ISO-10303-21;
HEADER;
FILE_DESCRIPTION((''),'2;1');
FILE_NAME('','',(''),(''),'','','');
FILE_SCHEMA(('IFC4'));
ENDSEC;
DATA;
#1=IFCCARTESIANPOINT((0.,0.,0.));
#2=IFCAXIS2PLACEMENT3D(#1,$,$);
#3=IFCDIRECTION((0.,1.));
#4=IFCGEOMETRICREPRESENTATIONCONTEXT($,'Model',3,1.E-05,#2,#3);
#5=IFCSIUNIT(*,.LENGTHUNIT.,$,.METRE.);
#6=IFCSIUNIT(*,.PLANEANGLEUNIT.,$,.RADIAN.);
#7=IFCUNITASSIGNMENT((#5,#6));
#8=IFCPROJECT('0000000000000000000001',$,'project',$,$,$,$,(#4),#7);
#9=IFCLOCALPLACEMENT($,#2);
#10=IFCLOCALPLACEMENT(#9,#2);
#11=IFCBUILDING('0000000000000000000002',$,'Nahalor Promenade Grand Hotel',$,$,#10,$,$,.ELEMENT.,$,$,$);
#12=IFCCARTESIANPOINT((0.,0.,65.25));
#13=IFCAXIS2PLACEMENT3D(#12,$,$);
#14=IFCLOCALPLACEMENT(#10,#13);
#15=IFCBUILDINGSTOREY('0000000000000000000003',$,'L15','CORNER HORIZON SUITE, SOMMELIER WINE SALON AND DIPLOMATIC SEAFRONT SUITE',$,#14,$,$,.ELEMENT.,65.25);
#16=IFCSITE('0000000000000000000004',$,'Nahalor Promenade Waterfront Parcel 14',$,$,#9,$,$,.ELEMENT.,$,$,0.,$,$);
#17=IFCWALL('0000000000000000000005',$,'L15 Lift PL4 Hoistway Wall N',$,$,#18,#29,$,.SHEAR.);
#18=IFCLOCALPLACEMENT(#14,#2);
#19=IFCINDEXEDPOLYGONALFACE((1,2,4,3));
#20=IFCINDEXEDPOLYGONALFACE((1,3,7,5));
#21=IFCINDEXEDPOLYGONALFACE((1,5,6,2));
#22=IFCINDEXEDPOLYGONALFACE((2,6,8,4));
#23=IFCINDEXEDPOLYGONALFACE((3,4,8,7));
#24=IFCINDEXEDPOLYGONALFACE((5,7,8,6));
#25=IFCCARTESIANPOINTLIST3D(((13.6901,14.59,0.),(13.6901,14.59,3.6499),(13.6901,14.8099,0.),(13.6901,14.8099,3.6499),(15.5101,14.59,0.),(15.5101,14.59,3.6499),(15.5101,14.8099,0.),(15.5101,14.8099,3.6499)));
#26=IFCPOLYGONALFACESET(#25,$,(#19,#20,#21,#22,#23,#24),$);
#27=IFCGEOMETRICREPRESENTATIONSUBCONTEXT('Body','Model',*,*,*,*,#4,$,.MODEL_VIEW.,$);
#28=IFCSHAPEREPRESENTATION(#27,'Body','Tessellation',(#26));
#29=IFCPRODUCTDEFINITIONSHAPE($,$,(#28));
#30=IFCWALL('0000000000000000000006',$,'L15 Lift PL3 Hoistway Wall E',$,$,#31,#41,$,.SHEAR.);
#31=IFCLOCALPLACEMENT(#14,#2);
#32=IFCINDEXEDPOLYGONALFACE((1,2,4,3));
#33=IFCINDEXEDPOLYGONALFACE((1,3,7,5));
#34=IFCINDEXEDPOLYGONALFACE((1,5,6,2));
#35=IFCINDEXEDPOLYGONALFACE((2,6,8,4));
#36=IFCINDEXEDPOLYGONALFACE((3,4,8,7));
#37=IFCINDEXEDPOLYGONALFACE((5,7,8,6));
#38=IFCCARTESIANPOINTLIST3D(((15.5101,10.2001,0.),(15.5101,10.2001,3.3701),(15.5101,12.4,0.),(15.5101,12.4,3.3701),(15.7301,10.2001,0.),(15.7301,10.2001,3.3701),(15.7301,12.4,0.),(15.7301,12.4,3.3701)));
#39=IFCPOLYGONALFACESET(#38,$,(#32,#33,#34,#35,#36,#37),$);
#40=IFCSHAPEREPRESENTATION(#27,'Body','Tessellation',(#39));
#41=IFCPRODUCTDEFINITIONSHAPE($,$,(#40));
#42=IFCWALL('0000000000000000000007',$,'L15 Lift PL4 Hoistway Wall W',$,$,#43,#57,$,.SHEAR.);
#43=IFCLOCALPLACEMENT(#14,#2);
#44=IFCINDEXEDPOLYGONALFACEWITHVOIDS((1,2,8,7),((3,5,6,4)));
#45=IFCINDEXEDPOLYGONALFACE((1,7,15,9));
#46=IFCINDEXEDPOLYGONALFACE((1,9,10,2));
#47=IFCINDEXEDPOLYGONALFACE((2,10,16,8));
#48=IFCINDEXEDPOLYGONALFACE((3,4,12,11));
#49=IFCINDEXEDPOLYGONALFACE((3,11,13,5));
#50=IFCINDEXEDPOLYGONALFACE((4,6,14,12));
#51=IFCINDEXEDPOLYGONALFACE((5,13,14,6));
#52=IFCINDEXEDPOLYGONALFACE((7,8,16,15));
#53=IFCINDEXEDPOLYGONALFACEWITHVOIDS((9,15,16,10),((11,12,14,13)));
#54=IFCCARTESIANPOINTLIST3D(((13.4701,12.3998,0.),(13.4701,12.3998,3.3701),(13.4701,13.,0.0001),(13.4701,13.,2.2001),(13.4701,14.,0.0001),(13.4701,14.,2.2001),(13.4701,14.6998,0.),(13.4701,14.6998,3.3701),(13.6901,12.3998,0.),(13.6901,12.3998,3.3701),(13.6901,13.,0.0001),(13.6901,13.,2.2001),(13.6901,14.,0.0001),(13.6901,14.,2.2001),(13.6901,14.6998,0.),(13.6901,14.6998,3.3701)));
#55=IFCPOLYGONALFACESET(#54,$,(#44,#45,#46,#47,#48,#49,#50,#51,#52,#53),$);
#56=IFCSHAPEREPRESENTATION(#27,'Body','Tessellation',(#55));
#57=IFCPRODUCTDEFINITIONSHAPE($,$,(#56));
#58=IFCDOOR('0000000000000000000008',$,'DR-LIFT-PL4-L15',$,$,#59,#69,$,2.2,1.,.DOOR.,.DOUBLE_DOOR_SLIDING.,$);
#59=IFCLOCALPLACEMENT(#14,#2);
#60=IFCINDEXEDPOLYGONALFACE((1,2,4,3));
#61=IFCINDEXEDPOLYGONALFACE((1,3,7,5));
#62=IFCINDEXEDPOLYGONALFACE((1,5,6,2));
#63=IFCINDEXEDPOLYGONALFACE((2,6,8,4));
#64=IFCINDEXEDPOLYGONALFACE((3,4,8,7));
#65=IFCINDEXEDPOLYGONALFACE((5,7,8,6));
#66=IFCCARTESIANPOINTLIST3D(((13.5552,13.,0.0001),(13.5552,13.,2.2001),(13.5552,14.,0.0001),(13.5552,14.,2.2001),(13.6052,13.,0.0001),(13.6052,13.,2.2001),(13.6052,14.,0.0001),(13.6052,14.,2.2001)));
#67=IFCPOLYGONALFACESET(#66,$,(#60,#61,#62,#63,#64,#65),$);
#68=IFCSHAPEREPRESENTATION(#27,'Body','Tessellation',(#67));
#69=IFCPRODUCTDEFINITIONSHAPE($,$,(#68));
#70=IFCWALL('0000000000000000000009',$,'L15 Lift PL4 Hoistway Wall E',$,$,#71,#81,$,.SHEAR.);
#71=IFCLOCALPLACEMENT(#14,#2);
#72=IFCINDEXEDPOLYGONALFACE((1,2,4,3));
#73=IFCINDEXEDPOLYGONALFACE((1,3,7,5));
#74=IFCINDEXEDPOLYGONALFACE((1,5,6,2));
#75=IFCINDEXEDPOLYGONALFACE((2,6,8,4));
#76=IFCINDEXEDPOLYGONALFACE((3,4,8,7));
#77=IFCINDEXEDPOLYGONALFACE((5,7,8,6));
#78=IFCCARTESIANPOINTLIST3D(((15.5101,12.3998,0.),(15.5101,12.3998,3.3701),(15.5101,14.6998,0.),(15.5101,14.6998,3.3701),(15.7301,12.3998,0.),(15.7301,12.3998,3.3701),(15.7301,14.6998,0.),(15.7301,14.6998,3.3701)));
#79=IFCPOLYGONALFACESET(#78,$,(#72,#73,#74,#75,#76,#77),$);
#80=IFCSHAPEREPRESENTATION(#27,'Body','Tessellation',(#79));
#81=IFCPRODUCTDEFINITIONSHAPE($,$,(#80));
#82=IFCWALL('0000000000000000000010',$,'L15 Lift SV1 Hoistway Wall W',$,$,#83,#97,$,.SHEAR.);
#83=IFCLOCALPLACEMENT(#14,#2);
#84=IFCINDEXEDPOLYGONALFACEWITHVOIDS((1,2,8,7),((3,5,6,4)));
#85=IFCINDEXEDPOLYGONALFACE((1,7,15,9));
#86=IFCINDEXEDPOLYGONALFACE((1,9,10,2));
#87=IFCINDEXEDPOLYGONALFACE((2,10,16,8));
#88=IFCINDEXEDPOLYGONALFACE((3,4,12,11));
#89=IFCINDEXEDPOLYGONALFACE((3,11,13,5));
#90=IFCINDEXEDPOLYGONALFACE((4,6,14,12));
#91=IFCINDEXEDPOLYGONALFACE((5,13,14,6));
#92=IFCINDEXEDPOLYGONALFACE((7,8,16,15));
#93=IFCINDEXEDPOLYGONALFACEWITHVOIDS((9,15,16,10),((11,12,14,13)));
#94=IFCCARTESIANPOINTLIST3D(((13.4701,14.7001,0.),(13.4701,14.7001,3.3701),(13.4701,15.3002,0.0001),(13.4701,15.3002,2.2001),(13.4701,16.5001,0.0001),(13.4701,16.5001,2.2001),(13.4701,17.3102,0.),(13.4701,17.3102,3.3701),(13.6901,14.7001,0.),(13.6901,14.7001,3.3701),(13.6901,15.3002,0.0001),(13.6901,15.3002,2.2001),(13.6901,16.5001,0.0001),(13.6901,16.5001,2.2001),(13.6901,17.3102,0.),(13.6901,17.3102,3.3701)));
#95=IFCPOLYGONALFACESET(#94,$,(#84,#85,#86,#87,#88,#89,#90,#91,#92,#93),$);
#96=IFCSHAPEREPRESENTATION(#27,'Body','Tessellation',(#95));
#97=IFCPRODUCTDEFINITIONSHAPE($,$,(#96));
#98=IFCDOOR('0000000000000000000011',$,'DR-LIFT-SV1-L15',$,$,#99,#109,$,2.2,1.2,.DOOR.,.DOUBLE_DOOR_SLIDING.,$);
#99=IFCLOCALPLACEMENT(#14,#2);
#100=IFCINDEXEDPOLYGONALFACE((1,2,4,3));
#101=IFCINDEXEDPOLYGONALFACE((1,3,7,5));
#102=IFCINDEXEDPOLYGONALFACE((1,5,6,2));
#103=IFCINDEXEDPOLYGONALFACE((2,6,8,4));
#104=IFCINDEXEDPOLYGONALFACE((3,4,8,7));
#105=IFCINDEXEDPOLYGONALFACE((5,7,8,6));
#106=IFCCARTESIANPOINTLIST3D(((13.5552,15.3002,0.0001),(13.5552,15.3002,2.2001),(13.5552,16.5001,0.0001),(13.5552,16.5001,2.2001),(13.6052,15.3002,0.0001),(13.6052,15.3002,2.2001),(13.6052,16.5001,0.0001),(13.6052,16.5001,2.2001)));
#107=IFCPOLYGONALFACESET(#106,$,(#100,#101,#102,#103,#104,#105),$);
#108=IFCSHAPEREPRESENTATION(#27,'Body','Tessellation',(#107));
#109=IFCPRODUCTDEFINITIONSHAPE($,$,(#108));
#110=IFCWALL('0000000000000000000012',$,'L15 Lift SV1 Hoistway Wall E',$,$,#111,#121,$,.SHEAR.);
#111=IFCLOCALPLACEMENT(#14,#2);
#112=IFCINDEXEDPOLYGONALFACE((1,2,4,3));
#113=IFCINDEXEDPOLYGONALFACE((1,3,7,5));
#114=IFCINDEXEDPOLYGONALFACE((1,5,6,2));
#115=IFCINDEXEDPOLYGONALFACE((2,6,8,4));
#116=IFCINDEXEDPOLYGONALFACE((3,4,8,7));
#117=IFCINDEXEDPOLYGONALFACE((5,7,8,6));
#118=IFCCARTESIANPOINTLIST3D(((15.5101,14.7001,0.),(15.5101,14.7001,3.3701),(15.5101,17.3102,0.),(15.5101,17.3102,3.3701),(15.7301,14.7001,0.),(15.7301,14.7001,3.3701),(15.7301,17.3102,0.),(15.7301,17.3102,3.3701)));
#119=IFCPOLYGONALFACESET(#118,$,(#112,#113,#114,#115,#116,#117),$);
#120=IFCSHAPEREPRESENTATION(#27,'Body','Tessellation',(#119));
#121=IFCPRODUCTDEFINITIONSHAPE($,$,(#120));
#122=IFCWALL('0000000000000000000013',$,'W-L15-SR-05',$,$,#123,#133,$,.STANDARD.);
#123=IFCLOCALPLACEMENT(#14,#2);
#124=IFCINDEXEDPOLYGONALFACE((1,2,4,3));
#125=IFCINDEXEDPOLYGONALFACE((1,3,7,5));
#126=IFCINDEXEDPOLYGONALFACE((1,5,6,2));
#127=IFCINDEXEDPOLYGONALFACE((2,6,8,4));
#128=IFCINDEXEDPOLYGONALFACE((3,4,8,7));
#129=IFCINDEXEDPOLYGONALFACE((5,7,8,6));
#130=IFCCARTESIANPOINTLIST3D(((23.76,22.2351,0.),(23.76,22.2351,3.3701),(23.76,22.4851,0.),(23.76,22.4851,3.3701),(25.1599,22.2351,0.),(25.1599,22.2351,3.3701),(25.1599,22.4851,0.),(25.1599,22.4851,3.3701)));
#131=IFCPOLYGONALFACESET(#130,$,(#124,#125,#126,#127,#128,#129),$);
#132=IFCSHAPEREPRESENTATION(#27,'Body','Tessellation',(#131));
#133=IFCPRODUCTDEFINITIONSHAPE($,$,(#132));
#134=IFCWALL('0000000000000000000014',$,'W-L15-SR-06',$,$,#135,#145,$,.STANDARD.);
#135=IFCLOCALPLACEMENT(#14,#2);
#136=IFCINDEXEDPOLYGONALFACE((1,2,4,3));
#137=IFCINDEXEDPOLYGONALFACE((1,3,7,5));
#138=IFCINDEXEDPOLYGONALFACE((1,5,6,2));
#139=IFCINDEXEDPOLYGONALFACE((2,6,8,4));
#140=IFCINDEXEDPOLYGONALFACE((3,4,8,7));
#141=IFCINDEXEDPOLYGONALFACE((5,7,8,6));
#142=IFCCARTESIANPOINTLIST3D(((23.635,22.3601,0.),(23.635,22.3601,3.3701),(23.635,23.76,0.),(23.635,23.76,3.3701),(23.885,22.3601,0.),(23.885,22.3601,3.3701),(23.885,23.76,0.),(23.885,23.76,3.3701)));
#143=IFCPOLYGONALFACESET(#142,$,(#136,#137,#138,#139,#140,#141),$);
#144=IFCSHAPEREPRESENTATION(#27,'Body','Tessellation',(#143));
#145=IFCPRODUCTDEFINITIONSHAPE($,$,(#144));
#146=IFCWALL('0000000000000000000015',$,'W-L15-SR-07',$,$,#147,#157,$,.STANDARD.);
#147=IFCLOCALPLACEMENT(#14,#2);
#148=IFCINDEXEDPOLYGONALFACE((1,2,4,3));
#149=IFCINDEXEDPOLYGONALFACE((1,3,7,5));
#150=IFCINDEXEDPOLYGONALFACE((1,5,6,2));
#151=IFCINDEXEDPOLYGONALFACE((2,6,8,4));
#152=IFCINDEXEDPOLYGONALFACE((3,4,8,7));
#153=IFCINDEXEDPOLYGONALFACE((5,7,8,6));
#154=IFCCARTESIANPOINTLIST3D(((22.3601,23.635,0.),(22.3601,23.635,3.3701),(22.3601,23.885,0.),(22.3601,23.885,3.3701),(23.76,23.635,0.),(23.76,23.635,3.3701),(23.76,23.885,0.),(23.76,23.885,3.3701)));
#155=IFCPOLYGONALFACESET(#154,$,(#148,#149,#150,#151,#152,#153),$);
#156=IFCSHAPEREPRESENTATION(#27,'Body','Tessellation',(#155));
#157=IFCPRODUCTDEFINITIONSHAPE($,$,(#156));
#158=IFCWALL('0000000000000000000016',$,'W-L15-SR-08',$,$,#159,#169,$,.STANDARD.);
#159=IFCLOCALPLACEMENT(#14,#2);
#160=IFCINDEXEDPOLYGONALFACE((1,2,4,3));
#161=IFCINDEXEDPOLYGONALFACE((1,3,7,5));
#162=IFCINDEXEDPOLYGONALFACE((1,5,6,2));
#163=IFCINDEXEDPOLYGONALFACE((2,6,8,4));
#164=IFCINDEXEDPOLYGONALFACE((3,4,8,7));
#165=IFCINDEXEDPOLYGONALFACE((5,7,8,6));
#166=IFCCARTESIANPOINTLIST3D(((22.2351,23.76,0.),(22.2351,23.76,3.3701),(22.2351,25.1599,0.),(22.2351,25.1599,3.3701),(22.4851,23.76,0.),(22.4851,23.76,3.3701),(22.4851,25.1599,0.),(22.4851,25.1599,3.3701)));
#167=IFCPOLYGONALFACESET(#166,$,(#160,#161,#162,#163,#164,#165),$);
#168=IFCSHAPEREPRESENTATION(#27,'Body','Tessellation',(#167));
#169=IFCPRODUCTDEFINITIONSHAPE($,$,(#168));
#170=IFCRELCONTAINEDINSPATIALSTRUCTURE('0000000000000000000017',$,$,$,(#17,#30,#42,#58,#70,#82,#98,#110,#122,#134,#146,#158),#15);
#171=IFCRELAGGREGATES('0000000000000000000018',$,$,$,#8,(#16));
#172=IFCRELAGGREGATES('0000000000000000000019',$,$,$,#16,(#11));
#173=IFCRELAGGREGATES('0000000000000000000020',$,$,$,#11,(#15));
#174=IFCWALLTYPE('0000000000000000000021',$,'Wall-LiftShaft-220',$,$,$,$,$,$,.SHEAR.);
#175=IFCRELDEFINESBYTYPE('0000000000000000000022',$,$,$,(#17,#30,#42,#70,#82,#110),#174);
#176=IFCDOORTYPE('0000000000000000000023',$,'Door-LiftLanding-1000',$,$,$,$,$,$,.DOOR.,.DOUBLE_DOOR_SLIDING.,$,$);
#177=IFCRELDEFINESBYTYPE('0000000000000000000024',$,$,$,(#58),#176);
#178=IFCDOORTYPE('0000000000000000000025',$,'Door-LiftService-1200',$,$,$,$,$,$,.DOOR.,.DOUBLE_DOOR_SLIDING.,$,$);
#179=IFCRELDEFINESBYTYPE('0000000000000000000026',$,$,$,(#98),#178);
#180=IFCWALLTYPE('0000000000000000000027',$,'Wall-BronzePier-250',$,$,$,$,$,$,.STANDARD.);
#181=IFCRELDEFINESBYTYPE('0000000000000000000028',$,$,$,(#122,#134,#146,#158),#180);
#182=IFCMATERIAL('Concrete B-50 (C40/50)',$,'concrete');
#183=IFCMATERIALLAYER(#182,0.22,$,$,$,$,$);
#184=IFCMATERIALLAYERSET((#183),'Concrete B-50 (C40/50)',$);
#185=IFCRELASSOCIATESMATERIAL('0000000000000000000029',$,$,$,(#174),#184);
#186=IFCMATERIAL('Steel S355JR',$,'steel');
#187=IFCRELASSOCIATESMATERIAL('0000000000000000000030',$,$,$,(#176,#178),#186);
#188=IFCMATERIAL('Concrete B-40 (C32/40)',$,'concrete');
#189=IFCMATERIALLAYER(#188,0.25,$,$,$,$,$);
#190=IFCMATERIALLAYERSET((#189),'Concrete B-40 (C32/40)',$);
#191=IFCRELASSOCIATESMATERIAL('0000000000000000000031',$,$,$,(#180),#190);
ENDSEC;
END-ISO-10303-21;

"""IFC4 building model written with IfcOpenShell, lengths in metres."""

from ifc_helpers import new_model, si_unit, direction, frame, frame_2d, origin, place, context, subcontext, project, spatial, rectangle, extrude, source, transform, mapped, material, layer, layer_set, type_object, element, fill, save


model = new_model("IFC4")

# Units and contexts
model_context = context("Model", 3, precision=1e-05, world=origin(), true_north=direction((0.0, 1.0)))
body_context = subcontext(model_context, "Body", "Model", "MODEL_VIEW")
ifc_project = project(units=[si_unit("LENGTHUNIT", "METRE"), si_unit("PLANEANGLEUNIT", "RADIAN")], contexts=[model_context])

# Site, building, storey
site_placement = place(None, origin())
site = spatial("IfcSite", under=ifc_project, at=site_placement, Name="Nahalor Promenade Waterfront Parcel 14", CompositionType="ELEMENT", RefElevation=0.0)
building_placement = place(site_placement, origin())
building = spatial("IfcBuilding", under=site, at=building_placement, Name="Nahalor Promenade Grand Hotel", CompositionType="ELEMENT")
storey_placement = place(building_placement, frame((0.0, 0.0, 65.25)))
storey = spatial("IfcBuildingStorey", under=building, at=storey_placement, Name="L15", Description="CORNER HORIZON SUITE, SOMMELIER WINE SALON AND DIPLOMATIC SEAFRONT SUITE", CompositionType="ELEMENT", Elevation=65.25)

# Shared definitions
ifc_material_1 = material(Name="Steel S355JR", Category="steel")

# Walls
ifc_material_2 = material(Name="Concrete B-50 (C40/50)", Category="concrete")
ifc_layer_1 = layer(ifc_material_2, 0.22)
ifc_layer_set_1 = layer_set([ifc_layer_1], Name="Concrete B-50 (C40/50)")
wall_type_1 = type_object("IfcWallType", Name="Wall-LiftShaft-220", PredefinedType="SHEAR", material=ifc_layer_set_1)
shared_shape_1 = source(origin(), body_context, "Body", "SweptSolid", [
    extrude(rectangle(XDim=1.8201, YDim=0.22, at=frame_2d((0.9102, 0.0))), origin(), (0.0, 0.0, 1.0), 3.6499),
])
for number, where, z_axis, x_axis, name in (
    (1, (13.6899, 14.7, 0.0), (0.0, 0.0, 1.0), (1.0, 0.0, 0.0), "L15 Lift PL4 Hoistway Wall N"),
):
    element("IfcWall", number, at=place(storey_placement, frame(where, z_axis=z_axis, x_axis=x_axis)), inside=storey, type_object=wall_type_1, Name=name, PredefinedType="SHEAR", context=body_context, shape_type="MappedRepresentation", body=[
        mapped(shared_shape_1, transform((0.0, 0.0, 0.0), scale=1.0)),
    ])
shared_shape_2 = source(origin(), body_context, "Body", "SweptSolid", [
    extrude(rectangle(XDim=2.2, YDim=0.22, at=frame_2d((1.1001, 0.0))), origin(), (0.0, 0.0, 1.0), 3.3701),
])
wall_1_placement = place(storey_placement, frame((15.6201, 10.2, 0.0), z_axis=(0.0, 0.0, 1.0), x_axis=(0.0, 1.0, 0.0)))
element("IfcWall", 2, at=wall_1_placement, inside=storey, type_object=wall_type_1, Name="L15 Lift PL3 Hoistway Wall E", PredefinedType="SHEAR", context=body_context, shape_type="MappedRepresentation", body=[
    mapped(shared_shape_2, transform((0.0, 0.0, 0.0), scale=1.0)),
])

# Wall, opening, door
shared_shape_3 = source(origin(), body_context, "Body", "SweptSolid", [
    extrude(rectangle(XDim=2.3, YDim=0.22, at=frame_2d((1.1499, 0.0))), origin(), (0.0, 0.0, 1.0), 3.3701),
])
wall_2_placement = place(storey_placement, frame((13.5801, 12.3999, 0.0), z_axis=(0.0, 0.0, 1.0), x_axis=(0.0, 1.0, 0.0)))
wall_2 = element("IfcWall", 3, at=wall_2_placement, inside=storey, type_object=wall_type_1, Name="L15 Lift PL4 Hoistway Wall W", PredefinedType="SHEAR", context=body_context, shape_type="MappedRepresentation", body=[
    mapped(shared_shape_3, transform((0.0, 0.0, 0.0), scale=1.0)),
])
opening_1_placement = place(wall_2_placement, frame((0.6001, 0.0, 0.0)))
opening_1 = element("IfcOpeningElement", 4, at=opening_1_placement, cuts=wall_2, PredefinedType="OPENING", context=body_context, shape_type="SweptSolid", body=[
    extrude(rectangle(XDim=1.0, YDim=2.2, at=frame_2d((0.5, 1.1001))), frame((0.0, 0.1199, 0.0), z_axis=(0.0, -1.0, 0.0), x_axis=(1.0, 0.0, 0.0)), (0.0, 0.0, 1.0), 0.24),
])
door_type_1 = type_object("IfcDoorType", Name="Door-LiftLanding-1000", OperationType="DOUBLE_DOOR_SLIDING", PredefinedType="DOOR", material=ifc_material_1)
shared_shape_4 = source(origin(), body_context, "Body", "SweptSolid", [
    extrude(rectangle(XDim=1.0, YDim=2.2, at=frame_2d((0.5, 1.1001))), frame((0.0, 0.0249, 0.0), z_axis=(0.0, -1.0, 0.0), x_axis=(1.0, 0.0, 0.0)), (0.0, 0.0, 1.0), 0.05),
])
door_1_placement = place(opening_1_placement, origin())
door_1 = element("IfcDoor", 5, at=door_1_placement, inside=storey, type_object=door_type_1, Name="DR-LIFT-PL4-L15", OperationType="DOUBLE_DOOR_SLIDING", OverallHeight=2.2, OverallWidth=1.0, PredefinedType="DOOR", context=body_context, shape_type="MappedRepresentation", body=[
    mapped(shared_shape_4, transform((0.0, 0.0, 0.0), scale=1.0)),
])
fill(opening_1, door_1)

# Wall
wall_3_placement = place(storey_placement, frame((15.6201, 12.3999, 0.0), z_axis=(0.0, 0.0, 1.0), x_axis=(0.0, 1.0, 0.0)))
element("IfcWall", 6, at=wall_3_placement, inside=storey, type_object=wall_type_1, Name="L15 Lift PL4 Hoistway Wall E", PredefinedType="SHEAR", context=body_context, shape_type="MappedRepresentation", body=[
    mapped(shared_shape_3, transform((0.0, 0.0, 0.0), scale=1.0)),
])

# Wall, opening, door
shared_shape_5 = source(origin(), body_context, "Body", "SweptSolid", [
    extrude(rectangle(XDim=2.6101, YDim=0.22, at=frame_2d((1.3052, 0.0))), origin(), (0.0, 0.0, 1.0), 3.3701),
])
wall_4_placement = place(storey_placement, frame((13.5801, 14.7, 0.0), z_axis=(0.0, 0.0, 1.0), x_axis=(0.0, 1.0, 0.0)))
wall_4 = element("IfcWall", 7, at=wall_4_placement, inside=storey, type_object=wall_type_1, Name="L15 Lift SV1 Hoistway Wall W", PredefinedType="SHEAR", context=body_context, shape_type="MappedRepresentation", body=[
    mapped(shared_shape_5, transform((0.0, 0.0, 0.0), scale=1.0)),
])
opening_2_placement = place(wall_4_placement, frame((0.6001, 0.0, 0.0)))
opening_2 = element("IfcOpeningElement", 8, at=opening_2_placement, cuts=wall_4, PredefinedType="OPENING", context=body_context, shape_type="SweptSolid", body=[
    extrude(rectangle(XDim=1.2, YDim=2.2, at=frame_2d((0.6001, 1.1001))), frame((0.0, 0.1199, 0.0), z_axis=(0.0, -1.0, 0.0), x_axis=(1.0, 0.0, 0.0)), (0.0, 0.0, 1.0), 0.24),
])
door_type_2 = type_object("IfcDoorType", Name="Door-LiftService-1200", OperationType="DOUBLE_DOOR_SLIDING", PredefinedType="DOOR", material=ifc_material_1)
shared_shape_6 = source(origin(), body_context, "Body", "SweptSolid", [
    extrude(rectangle(XDim=1.2, YDim=2.2, at=frame_2d((0.6001, 1.1001))), frame((0.0, 0.0249, 0.0), z_axis=(0.0, -1.0, 0.0), x_axis=(1.0, 0.0, 0.0)), (0.0, 0.0, 1.0), 0.05),
])
door_2_placement = place(opening_2_placement, origin())
door_2 = element("IfcDoor", 9, at=door_2_placement, inside=storey, type_object=door_type_2, Name="DR-LIFT-SV1-L15", OperationType="DOUBLE_DOOR_SLIDING", OverallHeight=2.2, OverallWidth=1.2, PredefinedType="DOOR", context=body_context, shape_type="MappedRepresentation", body=[
    mapped(shared_shape_6, transform((0.0, 0.0, 0.0), scale=1.0)),
])
fill(opening_2, door_2)

# Walls
wall_5_placement = place(storey_placement, frame((15.6201, 14.7, 0.0), z_axis=(0.0, 0.0, 1.0), x_axis=(0.0, 1.0, 0.0)))
element("IfcWall", 10, at=wall_5_placement, inside=storey, type_object=wall_type_1, Name="L15 Lift SV1 Hoistway Wall E", PredefinedType="SHEAR", context=body_context, shape_type="MappedRepresentation", body=[
    mapped(shared_shape_5, transform((0.0, 0.0, 0.0), scale=1.0)),
])
ifc_material_3 = material(Name="Concrete B-40 (C32/40)", Category="concrete")
ifc_layer_2 = layer(ifc_material_3, 0.25)
ifc_layer_set_2 = layer_set([ifc_layer_2], Name="Concrete B-40 (C32/40)")
wall_type_2 = type_object("IfcWallType", Name="Wall-BronzePier-250", PredefinedType="STANDARD", material=ifc_layer_set_2)
shared_shape_7 = source(origin(), body_context, "Body", "SweptSolid", [
    extrude(rectangle(XDim=1.3999, YDim=0.25, at=frame_2d((0.7, 0.0))), origin(), (0.0, 0.0, 1.0), 3.3701),
])
for number, where, z_axis, x_axis, name in (
    (11, (23.76, 22.3601, 0.0), (0.0, 0.0, 1.0), (1.0, 0.0, 0.0), "W-L15-SR-05"),
    (12, (23.76, 22.3601, 0.0), (0.0, 0.0, 1.0), (0.0, 1.0, 0.0), "W-L15-SR-06"),
    (13, (22.3601, 23.76, 0.0), (0.0, 0.0, 1.0), (1.0, 0.0, 0.0), "W-L15-SR-07"),
    (14, (22.3601, 23.76, 0.0), (0.0, 0.0, 1.0), (0.0, 1.0, 0.0), "W-L15-SR-08"),
):
    element("IfcWall", number, at=place(storey_placement, frame(where, z_axis=z_axis, x_axis=x_axis)), inside=storey, type_object=wall_type_2, Name=name, PredefinedType="STANDARD", context=body_context, shape_type="MappedRepresentation", body=[
        mapped(shared_shape_7, transform((0.0, 0.0, 0.0), scale=1.0)),
    ])

save(model, "model.ifc")
